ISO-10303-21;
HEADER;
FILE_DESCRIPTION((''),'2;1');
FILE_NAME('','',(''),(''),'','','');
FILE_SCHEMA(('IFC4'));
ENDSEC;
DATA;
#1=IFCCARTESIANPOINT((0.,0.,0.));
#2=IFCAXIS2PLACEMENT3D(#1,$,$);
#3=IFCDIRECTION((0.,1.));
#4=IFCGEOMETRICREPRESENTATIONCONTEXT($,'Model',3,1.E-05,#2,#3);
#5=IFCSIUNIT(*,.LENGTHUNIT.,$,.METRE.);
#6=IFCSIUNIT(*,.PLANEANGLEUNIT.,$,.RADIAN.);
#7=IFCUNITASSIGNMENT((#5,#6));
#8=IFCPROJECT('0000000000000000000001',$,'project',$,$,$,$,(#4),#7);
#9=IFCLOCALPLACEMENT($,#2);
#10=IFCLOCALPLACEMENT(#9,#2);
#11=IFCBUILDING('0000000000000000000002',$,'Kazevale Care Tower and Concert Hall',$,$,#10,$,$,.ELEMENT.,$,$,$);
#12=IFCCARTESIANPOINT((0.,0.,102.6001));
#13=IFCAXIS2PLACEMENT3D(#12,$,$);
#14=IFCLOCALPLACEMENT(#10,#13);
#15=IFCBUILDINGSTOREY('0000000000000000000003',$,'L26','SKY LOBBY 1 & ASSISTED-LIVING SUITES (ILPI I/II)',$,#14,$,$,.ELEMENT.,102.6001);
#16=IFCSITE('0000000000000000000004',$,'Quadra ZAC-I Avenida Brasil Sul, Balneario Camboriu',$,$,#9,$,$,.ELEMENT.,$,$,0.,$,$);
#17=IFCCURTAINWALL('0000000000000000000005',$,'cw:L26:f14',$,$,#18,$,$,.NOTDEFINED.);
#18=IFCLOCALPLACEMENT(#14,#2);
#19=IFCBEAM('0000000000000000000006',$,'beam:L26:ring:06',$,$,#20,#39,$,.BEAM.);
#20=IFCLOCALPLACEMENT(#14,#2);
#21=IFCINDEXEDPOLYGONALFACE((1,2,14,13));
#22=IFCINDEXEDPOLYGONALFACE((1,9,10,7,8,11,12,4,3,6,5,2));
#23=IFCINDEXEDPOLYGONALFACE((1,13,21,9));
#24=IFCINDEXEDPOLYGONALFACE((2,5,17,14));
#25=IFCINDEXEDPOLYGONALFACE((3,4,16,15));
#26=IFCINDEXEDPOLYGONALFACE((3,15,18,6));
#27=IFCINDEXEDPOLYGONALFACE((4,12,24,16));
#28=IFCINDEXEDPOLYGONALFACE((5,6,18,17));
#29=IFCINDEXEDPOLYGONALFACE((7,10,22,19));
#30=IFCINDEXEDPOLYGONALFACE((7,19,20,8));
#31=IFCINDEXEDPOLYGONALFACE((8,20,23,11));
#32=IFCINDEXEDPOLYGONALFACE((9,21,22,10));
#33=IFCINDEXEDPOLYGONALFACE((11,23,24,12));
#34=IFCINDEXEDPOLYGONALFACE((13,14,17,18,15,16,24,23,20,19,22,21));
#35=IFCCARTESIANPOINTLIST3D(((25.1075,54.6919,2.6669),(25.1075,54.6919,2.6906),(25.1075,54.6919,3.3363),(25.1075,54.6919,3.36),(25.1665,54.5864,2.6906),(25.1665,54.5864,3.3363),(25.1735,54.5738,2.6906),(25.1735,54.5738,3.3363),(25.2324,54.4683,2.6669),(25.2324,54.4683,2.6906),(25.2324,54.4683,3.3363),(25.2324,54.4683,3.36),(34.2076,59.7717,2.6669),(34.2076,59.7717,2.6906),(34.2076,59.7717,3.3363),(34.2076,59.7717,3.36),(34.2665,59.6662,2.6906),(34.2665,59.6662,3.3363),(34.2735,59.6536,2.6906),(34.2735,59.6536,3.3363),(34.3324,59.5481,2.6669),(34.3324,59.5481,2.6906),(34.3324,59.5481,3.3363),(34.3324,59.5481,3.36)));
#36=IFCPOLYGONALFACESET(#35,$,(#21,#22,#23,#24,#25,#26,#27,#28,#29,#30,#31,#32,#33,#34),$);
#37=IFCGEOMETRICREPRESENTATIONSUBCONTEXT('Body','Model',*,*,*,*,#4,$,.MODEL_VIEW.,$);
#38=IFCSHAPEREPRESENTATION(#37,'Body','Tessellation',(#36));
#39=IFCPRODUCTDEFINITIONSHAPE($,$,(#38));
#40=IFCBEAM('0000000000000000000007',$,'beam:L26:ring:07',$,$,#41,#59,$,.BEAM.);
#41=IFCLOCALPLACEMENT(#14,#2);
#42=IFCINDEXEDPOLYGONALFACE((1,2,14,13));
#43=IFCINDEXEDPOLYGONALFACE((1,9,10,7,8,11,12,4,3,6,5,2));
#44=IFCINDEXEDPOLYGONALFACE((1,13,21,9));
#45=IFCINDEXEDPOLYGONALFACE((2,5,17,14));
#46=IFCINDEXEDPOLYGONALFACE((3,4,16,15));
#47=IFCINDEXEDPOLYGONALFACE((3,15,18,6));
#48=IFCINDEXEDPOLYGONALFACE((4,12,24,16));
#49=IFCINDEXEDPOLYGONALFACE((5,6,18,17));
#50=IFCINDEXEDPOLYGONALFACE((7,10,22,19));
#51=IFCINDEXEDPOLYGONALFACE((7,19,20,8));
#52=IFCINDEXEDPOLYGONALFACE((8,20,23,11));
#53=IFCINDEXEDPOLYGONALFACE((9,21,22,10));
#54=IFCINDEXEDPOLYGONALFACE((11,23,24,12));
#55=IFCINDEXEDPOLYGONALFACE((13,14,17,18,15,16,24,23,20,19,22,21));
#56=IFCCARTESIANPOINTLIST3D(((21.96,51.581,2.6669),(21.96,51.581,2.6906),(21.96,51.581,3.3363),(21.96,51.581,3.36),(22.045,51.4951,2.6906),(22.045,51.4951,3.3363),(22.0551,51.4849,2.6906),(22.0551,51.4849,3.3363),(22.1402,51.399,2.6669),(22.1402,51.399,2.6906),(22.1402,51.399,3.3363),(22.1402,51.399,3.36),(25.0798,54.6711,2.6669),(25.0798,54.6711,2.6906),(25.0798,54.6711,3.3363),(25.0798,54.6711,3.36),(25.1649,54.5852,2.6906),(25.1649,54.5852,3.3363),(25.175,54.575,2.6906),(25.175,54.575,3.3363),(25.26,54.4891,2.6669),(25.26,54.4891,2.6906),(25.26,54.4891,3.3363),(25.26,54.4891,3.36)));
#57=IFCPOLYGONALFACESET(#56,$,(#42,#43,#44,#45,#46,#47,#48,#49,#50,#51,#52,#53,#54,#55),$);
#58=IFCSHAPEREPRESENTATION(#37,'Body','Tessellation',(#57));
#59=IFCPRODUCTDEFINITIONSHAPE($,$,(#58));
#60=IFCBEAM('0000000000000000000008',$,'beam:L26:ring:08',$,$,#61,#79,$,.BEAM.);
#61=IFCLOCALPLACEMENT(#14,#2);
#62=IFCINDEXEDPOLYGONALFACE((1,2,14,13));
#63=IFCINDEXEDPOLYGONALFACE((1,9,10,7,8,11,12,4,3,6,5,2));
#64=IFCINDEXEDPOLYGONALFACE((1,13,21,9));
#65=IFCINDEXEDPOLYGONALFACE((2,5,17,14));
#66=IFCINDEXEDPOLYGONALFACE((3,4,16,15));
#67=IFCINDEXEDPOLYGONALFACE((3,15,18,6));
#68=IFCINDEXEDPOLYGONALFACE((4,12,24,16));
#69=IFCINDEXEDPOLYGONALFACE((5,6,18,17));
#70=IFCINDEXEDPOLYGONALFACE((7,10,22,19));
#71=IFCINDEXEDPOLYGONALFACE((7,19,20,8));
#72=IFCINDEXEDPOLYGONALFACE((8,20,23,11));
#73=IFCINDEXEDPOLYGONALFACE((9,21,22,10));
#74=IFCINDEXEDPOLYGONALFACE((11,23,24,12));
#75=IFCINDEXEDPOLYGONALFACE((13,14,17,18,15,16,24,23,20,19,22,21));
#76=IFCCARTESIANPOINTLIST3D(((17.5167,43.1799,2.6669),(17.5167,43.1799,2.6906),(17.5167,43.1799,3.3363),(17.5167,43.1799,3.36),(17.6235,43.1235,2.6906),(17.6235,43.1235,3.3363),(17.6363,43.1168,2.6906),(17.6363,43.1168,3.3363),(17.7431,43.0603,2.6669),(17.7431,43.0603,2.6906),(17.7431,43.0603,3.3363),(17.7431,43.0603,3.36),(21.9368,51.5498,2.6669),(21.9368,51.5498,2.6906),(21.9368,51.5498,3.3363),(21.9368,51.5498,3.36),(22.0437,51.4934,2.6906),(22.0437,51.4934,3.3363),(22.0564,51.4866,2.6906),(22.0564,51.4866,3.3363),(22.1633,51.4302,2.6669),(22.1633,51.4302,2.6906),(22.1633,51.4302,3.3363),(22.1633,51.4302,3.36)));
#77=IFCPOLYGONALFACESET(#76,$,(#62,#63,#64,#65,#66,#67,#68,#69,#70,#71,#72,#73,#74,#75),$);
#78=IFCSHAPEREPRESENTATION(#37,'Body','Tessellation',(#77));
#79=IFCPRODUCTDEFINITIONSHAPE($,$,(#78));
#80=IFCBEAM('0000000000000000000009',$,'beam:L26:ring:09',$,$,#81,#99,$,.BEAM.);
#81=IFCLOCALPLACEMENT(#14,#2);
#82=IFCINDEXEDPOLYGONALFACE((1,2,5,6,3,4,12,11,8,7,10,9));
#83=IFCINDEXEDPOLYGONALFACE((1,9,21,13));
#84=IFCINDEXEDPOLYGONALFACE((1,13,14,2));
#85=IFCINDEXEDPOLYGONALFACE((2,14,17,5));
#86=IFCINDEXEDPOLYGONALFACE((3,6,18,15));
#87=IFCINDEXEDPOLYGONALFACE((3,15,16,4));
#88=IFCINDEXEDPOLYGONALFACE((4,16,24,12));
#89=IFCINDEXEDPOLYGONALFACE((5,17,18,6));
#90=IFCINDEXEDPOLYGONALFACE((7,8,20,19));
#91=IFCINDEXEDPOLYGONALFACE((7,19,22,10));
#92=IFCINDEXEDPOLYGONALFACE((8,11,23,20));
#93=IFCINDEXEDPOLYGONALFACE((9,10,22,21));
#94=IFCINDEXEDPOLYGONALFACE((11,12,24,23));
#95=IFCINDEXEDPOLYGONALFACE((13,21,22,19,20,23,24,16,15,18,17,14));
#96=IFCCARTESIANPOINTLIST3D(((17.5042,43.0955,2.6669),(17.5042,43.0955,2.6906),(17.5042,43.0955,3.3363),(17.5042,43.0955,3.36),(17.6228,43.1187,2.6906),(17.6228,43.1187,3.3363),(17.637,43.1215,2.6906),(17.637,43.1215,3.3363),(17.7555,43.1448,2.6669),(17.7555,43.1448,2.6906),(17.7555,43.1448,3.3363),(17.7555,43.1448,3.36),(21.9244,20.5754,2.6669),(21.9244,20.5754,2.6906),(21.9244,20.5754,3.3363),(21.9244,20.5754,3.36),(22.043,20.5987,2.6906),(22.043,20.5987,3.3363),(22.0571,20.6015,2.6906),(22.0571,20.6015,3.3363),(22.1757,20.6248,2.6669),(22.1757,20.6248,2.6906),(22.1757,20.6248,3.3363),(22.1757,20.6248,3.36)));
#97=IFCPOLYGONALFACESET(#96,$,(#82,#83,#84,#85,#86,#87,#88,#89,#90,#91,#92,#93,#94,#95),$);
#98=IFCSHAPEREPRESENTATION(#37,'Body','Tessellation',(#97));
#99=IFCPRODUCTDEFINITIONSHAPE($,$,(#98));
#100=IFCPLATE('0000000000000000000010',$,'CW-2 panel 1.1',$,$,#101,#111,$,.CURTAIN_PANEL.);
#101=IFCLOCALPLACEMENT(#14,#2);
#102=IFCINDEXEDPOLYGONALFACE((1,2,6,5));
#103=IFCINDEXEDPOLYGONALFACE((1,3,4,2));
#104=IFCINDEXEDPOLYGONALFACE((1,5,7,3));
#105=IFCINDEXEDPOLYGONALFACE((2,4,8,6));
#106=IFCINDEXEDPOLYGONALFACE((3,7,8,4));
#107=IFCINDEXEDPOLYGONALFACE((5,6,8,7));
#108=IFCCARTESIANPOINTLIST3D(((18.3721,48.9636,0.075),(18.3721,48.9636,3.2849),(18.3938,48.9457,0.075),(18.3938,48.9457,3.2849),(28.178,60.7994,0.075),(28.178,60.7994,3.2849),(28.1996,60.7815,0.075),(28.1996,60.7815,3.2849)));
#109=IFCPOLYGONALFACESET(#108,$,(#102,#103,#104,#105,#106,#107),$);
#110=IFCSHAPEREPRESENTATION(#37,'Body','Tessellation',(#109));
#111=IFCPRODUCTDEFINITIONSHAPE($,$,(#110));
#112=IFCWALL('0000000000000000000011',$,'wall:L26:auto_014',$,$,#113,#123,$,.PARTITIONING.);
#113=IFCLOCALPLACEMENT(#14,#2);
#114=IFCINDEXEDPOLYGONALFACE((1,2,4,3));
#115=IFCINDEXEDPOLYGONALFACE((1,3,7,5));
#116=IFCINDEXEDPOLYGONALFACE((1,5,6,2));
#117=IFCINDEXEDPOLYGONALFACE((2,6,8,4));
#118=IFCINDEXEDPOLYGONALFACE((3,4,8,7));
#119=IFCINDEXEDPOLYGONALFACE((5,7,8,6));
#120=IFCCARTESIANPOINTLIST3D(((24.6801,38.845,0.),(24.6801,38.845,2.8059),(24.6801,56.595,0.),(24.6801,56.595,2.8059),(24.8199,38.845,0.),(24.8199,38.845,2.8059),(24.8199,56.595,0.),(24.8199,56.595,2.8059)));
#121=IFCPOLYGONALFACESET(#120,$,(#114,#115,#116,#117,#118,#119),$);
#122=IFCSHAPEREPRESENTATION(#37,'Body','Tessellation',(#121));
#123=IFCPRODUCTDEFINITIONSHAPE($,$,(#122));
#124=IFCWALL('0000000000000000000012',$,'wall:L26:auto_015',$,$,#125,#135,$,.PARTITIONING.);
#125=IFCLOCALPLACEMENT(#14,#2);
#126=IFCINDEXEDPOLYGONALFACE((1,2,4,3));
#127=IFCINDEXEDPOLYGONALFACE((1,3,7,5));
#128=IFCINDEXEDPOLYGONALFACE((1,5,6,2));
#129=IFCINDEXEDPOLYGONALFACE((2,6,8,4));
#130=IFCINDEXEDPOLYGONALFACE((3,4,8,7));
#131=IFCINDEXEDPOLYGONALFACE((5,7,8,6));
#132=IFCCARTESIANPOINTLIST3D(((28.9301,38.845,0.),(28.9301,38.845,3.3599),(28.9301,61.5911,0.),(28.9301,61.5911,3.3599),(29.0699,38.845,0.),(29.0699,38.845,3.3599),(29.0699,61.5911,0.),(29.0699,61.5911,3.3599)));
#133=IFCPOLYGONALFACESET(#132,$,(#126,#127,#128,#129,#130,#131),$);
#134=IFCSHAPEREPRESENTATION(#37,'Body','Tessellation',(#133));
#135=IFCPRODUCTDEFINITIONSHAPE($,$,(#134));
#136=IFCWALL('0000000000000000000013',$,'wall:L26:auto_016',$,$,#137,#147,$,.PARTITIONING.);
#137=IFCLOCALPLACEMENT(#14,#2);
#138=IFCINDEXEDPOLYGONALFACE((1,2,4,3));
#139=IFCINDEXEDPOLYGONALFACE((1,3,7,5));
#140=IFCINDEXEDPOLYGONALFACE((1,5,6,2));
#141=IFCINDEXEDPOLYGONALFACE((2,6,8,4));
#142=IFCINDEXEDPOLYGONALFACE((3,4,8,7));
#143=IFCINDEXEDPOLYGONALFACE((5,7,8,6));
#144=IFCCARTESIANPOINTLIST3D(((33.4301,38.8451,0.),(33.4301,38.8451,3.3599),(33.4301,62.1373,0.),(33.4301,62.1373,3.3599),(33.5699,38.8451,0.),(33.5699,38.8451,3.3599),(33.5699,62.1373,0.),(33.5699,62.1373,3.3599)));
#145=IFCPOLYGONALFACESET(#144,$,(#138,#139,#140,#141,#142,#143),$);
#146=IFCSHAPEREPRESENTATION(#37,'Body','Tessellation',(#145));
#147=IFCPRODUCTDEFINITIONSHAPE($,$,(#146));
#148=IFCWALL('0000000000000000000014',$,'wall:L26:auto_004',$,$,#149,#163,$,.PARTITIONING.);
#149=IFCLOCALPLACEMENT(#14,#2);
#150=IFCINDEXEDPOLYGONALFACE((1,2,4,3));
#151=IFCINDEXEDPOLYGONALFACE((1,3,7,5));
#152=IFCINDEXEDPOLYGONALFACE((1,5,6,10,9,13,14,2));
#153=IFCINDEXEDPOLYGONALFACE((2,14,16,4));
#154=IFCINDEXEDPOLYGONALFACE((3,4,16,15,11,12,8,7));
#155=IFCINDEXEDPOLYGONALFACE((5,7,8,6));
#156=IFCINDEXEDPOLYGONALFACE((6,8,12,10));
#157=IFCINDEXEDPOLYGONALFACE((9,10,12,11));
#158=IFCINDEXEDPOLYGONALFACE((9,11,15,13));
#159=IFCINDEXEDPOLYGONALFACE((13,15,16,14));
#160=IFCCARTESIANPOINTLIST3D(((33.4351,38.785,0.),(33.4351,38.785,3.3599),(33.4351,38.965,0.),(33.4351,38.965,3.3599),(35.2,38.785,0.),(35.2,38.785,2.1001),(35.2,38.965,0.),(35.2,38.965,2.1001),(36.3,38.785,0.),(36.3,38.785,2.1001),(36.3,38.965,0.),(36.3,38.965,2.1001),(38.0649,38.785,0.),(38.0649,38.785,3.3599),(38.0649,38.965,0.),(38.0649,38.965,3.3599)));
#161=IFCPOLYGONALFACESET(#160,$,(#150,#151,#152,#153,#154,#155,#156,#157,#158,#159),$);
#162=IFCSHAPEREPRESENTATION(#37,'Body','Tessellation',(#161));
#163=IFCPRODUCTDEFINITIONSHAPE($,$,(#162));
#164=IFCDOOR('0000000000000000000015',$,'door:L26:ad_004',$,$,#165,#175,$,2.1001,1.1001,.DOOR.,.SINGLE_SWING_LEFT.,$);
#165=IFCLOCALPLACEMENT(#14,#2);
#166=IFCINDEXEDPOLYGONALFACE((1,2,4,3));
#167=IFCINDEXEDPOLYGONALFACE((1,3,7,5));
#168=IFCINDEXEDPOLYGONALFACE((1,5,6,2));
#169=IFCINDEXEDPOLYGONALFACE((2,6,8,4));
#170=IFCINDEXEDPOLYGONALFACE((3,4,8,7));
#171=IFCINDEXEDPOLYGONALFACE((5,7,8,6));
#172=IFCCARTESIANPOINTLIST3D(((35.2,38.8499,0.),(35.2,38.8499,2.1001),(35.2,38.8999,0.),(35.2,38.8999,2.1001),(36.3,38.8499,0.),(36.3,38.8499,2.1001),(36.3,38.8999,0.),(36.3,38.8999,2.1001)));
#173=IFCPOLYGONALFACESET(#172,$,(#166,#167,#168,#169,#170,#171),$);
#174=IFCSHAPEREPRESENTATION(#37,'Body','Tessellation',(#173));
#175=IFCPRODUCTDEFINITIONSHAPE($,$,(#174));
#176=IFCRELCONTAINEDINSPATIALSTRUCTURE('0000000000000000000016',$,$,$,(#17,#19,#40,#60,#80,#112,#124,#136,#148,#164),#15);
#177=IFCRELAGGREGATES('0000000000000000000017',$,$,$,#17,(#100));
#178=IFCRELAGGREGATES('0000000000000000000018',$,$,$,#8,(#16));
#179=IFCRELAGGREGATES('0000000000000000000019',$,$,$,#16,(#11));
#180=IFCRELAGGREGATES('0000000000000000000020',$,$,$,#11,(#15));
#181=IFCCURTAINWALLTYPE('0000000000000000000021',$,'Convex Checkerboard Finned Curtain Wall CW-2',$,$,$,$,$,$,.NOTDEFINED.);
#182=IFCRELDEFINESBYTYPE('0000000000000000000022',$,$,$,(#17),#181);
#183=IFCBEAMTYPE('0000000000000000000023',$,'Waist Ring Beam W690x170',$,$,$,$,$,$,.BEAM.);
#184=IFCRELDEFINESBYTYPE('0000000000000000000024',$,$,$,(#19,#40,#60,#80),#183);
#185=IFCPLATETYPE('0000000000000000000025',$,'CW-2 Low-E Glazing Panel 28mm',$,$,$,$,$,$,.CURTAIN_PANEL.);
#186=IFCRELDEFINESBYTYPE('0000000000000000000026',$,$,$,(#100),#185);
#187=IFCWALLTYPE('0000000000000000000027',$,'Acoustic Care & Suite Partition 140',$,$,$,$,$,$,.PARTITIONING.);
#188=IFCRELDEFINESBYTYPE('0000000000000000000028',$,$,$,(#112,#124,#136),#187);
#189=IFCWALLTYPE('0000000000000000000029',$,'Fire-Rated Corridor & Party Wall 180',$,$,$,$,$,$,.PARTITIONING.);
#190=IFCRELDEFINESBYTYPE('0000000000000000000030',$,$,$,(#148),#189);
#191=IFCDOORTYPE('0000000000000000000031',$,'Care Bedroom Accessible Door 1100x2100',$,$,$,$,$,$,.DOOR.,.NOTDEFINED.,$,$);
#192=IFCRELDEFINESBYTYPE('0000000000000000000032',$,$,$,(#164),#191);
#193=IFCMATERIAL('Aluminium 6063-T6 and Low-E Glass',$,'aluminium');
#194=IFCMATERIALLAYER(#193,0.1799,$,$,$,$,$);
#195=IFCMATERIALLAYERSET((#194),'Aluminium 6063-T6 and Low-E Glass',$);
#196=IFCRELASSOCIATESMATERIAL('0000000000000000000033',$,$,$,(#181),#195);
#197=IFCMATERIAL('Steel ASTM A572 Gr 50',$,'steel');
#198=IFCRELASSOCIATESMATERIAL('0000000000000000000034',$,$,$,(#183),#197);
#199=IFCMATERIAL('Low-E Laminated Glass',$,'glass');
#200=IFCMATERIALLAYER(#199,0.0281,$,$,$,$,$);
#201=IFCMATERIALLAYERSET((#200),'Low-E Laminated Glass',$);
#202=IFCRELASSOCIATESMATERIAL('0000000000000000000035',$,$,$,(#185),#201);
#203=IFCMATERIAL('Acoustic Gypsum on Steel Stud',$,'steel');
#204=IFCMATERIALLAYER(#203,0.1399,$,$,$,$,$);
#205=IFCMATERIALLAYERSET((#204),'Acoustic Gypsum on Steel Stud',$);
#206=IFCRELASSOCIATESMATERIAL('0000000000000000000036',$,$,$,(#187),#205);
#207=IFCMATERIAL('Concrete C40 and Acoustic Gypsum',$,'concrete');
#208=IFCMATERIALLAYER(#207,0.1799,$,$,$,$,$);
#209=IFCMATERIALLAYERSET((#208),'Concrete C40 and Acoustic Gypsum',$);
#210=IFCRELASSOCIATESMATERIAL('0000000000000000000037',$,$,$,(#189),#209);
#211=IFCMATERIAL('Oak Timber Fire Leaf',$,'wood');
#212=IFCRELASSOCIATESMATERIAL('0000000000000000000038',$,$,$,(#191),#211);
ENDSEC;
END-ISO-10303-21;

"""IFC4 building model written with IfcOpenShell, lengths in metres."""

from ifc_helpers import new_model, si_unit, direction, frame, frame_2d, origin, origin_2d, place, context, subcontext, project, spatial, rectangle, i_section, extrude, material, layer, layer_set, material_profile, profile_set, type_object, element, fill, aggregate, save


model = new_model("IFC4")

# Units and contexts
model_context = context("Model", 3, precision=1e-05, world=origin(), true_north=direction((0.0, 1.0)))
body_context = subcontext(model_context, "Body", "Model", "MODEL_VIEW")
ifc_project = project(units=[si_unit("LENGTHUNIT", "METRE"), si_unit("PLANEANGLEUNIT", "RADIAN")], contexts=[model_context])

# Site, building, storey
site_placement = place(None, origin())
site = spatial("IfcSite", under=ifc_project, at=site_placement, Name="Quadra ZAC-I Avenida Brasil Sul, Balneario Camboriu", CompositionType="ELEMENT", RefElevation=0.0)
building_placement = place(site_placement, origin())
building = spatial("IfcBuilding", under=site, at=building_placement, Name="Kazevale Care Tower and Concert Hall", CompositionType="ELEMENT")
storey_placement = place(building_placement, frame((0.0, 0.0, 102.6001)))
storey = spatial("IfcBuildingStorey", under=building, at=storey_placement, Name="L26", Description="SKY LOBBY 1 & ASSISTED-LIVING SUITES (ILPI I/II)", CompositionType="ELEMENT", Elevation=102.6001)

# Curtain wall
ifc_material_1 = material(Name="Aluminium 6063-T6 and Low-E Glass", Category="aluminium")
ifc_layer_1 = layer(ifc_material_1, 0.1799)
ifc_layer_set_1 = layer_set([ifc_layer_1], Name="Aluminium 6063-T6 and Low-E Glass")
curtain_wall_type_1 = type_object("IfcCurtainWallType", Name="Convex Checkerboard Finned Curtain Wall CW-2", PredefinedType="NOTDEFINED", material=ifc_layer_set_1)
curtain_wall_1_placement = place(storey_placement, origin())
curtain_wall_1 = element("IfcCurtainWall", 1, at=curtain_wall_1_placement, inside=storey, type_object=curtain_wall_type_1, Name="cw:L26:f14", PredefinedType="NOTDEFINED")

# Beams
ifc_material_2 = material(Name="Steel ASTM A572 Gr 50", Category="steel")
ifc_material_profile_1 = material_profile(ifc_material_2, i_section(OverallWidth=0.2561, OverallDepth=0.6931, WebThickness=0.0144, FlangeThickness=0.0237, at=origin_2d()), Name="W690x170")
ifc_profile_set_1 = profile_set([ifc_material_profile_1], Name="Steel ASTM A572 Gr 50")
beam_type_1 = type_object("IfcBeamType", Name="Waist Ring Beam W690x170", PredefinedType="BEAM", material=ifc_profile_set_1)
beam_1_placement = place(storey_placement, frame((34.27, 59.6599, 3.0134), z_axis=(-0.873169, -0.487418, 0.0), x_axis=(0.487418, -0.873169, 0.0)))
element("IfcBeam", 2, at=beam_1_placement, inside=storey, type_object=beam_type_1, Name="beam:L26:ring:06", PredefinedType="BEAM", context=body_context, shape_type="SweptSolid", body=[
    extrude(i_section(OverallWidth=0.2561, OverallDepth=0.6931, WebThickness=0.0144, FlangeThickness=0.0237, at=origin_2d()), origin(), (0.0, 0.0, 1.0), 10.4219),
])
beam_2_placement = place(storey_placement, frame((25.1699, 54.5801, 3.0134), z_axis=(-0.71049, -0.703707, 0.0), x_axis=(0.703707, -0.71049, 0.0)))
element("IfcBeam", 3, at=beam_2_placement, inside=storey, type_object=beam_type_1, Name="beam:L26:ring:07", PredefinedType="BEAM", context=body_context, shape_type="SweptSolid", body=[
    extrude(i_section(OverallWidth=0.2561, OverallDepth=0.6931, WebThickness=0.0144, FlangeThickness=0.0237, at=origin_2d()), origin(), (0.0, 0.0, 1.0), 4.3911),
])
beam_3_placement = place(storey_placement, frame((22.05, 51.49, 3.0134), z_axis=(-0.466984, -0.884266, 0.0), x_axis=(0.884266, -0.466984, 0.0)))
element("IfcBeam", 4, at=beam_3_placement, inside=storey, type_object=beam_type_1, Name="beam:L26:ring:08", PredefinedType="BEAM", context=body_context, shape_type="SweptSolid", body=[
    extrude(i_section(OverallWidth=0.2561, OverallDepth=0.6931, WebThickness=0.0144, FlangeThickness=0.0237, at=origin_2d()), origin(), (0.0, 0.0, 1.0), 9.4653),
])
beam_4_placement = place(storey_placement, frame((17.6299, 43.1201, 3.0134), z_axis=(0.192602, -0.981277, 0.0), x_axis=(0.981277, 0.192602, 0.0)))
element("IfcBeam", 5, at=beam_4_placement, inside=storey, type_object=beam_type_1, Name="beam:L26:ring:09", PredefinedType="BEAM", context=body_context, shape_type="SweptSolid", body=[
    extrude(i_section(OverallWidth=0.2561, OverallDepth=0.6931, WebThickness=0.0144, FlangeThickness=0.0237, at=origin_2d()), origin(), (0.0, 0.0, 1.0), 22.9497),
])

# Plate
ifc_material_3 = material(Name="Low-E Laminated Glass", Category="glass")
ifc_layer_2 = layer(ifc_material_3, 0.0281)
ifc_layer_set_2 = layer_set([ifc_layer_2], Name="Low-E Laminated Glass")
plate_type = type_object("IfcPlateType", Name="CW-2 Low-E Glazing Panel 28mm", PredefinedType="CURTAIN_PANEL", material=ifc_layer_set_2)
plate_placement = place(storey_placement, frame((23.2859, 54.8726, 0.075), z_axis=(0.0, 0.0, 1.0), x_axis=(0.637984, 0.77005, 0.0)))
plate = element("IfcPlate", 6, at=plate_placement, type_object=plate_type, Name="CW-2 panel 1.1", PredefinedType="CURTAIN_PANEL", context=body_context, shape_type="SweptSolid", body=[
    extrude(rectangle(XDim=15.3701, YDim=0.0281, at=origin_2d()), origin(), (0.0, 0.0, 1.0), 3.21),
])
aggregate(curtain_wall_1, [plate])

# Walls
ifc_material_4 = material(Name="Acoustic Gypsum on Steel Stud", Category="steel")
ifc_layer_3 = layer(ifc_material_4, 0.1399)
ifc_layer_set_3 = layer_set([ifc_layer_3], Name="Acoustic Gypsum on Steel Stud")
wall_type_1 = type_object("IfcWallType", Name="Acoustic Care & Suite Partition 140", PredefinedType="PARTITIONING", material=ifc_layer_set_3)
wall_1_placement = place(storey_placement, frame((24.75, 56.595, 0.0), z_axis=(0.0, 0.0, 1.0), x_axis=(0.0, -1.0, 0.0)))
element("IfcWall", 7, at=wall_1_placement, inside=storey, type_object=wall_type_1, Name="wall:L26:auto_014", PredefinedType="PARTITIONING", context=body_context, shape_type="SweptSolid", body=[
    extrude(rectangle(XDim=17.75, YDim=0.1399, at=frame_2d((8.875, 0.0))), origin(), (0.0, 0.0, 1.0), 2.8059),
])
wall_2_placement = place(storey_placement, frame((29.0, 61.5911, 0.0), z_axis=(0.0, 0.0, 1.0), x_axis=(0.0, -1.0, 0.0)))
element("IfcWall", 8, at=wall_2_placement, inside=storey, type_object=wall_type_1, Name="wall:L26:auto_015", PredefinedType="PARTITIONING", context=body_context, shape_type="SweptSolid", body=[
    extrude(rectangle(XDim=22.7461, YDim=0.1399, at=frame_2d((11.373, 0.0))), origin(), (0.0, 0.0, 1.0), 3.3599),
])
wall_3_placement = place(storey_placement, frame((33.5, 62.1372, 0.0), z_axis=(0.0, 0.0, 1.0), x_axis=(0.0, -1.0, 0.0)))
element("IfcWall", 9, at=wall_3_placement, inside=storey, type_object=wall_type_1, Name="wall:L26:auto_016", PredefinedType="PARTITIONING", context=body_context, shape_type="SweptSolid", body=[
    extrude(rectangle(XDim=23.2922, YDim=0.1399, at=frame_2d((11.646, 0.0))), origin(), (0.0, 0.0, 1.0), 3.3599),
])

# Wall, opening, door
ifc_material_5 = material(Name="Concrete C40 and Acoustic Gypsum", Category="concrete")
ifc_layer_4 = layer(ifc_material_5, 0.1799)
ifc_layer_set_4 = layer_set([ifc_layer_4], Name="Concrete C40 and Acoustic Gypsum")
wall_type_2 = type_object("IfcWallType", Name="Fire-Rated Corridor & Party Wall 180", PredefinedType="PARTITIONING", material=ifc_layer_set_4)
wall_4_placement = place(storey_placement, frame((33.4351, 38.875, 0.0), z_axis=(0.0, 0.0, 1.0), x_axis=(1.0, 0.0, 0.0)))
wall_4 = element("IfcWall", 10, at=wall_4_placement, inside=storey, type_object=wall_type_2, Name="wall:L26:auto_004", PredefinedType="PARTITIONING", context=body_context, shape_type="SweptSolid", body=[
    extrude(rectangle(XDim=4.6299, YDim=0.1799, at=frame_2d((2.3149, 0.0))), origin(), (0.0, 0.0, 1.0), 3.3599),
])
opening_1_placement = place(wall_4_placement, frame((1.7649, 0.0, 0.0)))
opening_1 = element("IfcOpeningElement", 11, at=opening_1_placement, cuts=wall_4, PredefinedType="OPENING", context=body_context, shape_type="SweptSolid", body=[
    extrude(rectangle(XDim=1.1001, YDim=2.1001, at=frame_2d((0.55, 1.05))), frame((0.0, 0.0999, 0.0), z_axis=(0.0, -1.0, 0.0), x_axis=(1.0, 0.0, 0.0)), (0.0, 0.0, 1.0), 0.2),
])
ifc_material_6 = material(Name="Oak Timber Fire Leaf", Category="wood")
door_type_1 = type_object("IfcDoorType", Name="Care Bedroom Accessible Door 1100x2100", OperationType="NOTDEFINED", PredefinedType="DOOR", material=ifc_material_6)
door_1_placement = place(opening_1_placement, origin())
door_1 = element("IfcDoor", 12, at=door_1_placement, inside=storey, type_object=door_type_1, Name="door:L26:ad_004", OperationType="SINGLE_SWING_LEFT", OverallHeight=2.1001, OverallWidth=1.1001, PredefinedType="DOOR", context=body_context, shape_type="SweptSolid", body=[
    extrude(rectangle(XDim=1.1001, YDim=2.1001, at=frame_2d((0.55, 1.05))), frame((0.0, 0.0249, 0.0), z_axis=(0.0, -1.0, 0.0), x_axis=(1.0, 0.0, 0.0)), (0.0, 0.0, 1.0), 0.05),
])
fill(opening_1, door_1)

save(model, "model.ifc")
